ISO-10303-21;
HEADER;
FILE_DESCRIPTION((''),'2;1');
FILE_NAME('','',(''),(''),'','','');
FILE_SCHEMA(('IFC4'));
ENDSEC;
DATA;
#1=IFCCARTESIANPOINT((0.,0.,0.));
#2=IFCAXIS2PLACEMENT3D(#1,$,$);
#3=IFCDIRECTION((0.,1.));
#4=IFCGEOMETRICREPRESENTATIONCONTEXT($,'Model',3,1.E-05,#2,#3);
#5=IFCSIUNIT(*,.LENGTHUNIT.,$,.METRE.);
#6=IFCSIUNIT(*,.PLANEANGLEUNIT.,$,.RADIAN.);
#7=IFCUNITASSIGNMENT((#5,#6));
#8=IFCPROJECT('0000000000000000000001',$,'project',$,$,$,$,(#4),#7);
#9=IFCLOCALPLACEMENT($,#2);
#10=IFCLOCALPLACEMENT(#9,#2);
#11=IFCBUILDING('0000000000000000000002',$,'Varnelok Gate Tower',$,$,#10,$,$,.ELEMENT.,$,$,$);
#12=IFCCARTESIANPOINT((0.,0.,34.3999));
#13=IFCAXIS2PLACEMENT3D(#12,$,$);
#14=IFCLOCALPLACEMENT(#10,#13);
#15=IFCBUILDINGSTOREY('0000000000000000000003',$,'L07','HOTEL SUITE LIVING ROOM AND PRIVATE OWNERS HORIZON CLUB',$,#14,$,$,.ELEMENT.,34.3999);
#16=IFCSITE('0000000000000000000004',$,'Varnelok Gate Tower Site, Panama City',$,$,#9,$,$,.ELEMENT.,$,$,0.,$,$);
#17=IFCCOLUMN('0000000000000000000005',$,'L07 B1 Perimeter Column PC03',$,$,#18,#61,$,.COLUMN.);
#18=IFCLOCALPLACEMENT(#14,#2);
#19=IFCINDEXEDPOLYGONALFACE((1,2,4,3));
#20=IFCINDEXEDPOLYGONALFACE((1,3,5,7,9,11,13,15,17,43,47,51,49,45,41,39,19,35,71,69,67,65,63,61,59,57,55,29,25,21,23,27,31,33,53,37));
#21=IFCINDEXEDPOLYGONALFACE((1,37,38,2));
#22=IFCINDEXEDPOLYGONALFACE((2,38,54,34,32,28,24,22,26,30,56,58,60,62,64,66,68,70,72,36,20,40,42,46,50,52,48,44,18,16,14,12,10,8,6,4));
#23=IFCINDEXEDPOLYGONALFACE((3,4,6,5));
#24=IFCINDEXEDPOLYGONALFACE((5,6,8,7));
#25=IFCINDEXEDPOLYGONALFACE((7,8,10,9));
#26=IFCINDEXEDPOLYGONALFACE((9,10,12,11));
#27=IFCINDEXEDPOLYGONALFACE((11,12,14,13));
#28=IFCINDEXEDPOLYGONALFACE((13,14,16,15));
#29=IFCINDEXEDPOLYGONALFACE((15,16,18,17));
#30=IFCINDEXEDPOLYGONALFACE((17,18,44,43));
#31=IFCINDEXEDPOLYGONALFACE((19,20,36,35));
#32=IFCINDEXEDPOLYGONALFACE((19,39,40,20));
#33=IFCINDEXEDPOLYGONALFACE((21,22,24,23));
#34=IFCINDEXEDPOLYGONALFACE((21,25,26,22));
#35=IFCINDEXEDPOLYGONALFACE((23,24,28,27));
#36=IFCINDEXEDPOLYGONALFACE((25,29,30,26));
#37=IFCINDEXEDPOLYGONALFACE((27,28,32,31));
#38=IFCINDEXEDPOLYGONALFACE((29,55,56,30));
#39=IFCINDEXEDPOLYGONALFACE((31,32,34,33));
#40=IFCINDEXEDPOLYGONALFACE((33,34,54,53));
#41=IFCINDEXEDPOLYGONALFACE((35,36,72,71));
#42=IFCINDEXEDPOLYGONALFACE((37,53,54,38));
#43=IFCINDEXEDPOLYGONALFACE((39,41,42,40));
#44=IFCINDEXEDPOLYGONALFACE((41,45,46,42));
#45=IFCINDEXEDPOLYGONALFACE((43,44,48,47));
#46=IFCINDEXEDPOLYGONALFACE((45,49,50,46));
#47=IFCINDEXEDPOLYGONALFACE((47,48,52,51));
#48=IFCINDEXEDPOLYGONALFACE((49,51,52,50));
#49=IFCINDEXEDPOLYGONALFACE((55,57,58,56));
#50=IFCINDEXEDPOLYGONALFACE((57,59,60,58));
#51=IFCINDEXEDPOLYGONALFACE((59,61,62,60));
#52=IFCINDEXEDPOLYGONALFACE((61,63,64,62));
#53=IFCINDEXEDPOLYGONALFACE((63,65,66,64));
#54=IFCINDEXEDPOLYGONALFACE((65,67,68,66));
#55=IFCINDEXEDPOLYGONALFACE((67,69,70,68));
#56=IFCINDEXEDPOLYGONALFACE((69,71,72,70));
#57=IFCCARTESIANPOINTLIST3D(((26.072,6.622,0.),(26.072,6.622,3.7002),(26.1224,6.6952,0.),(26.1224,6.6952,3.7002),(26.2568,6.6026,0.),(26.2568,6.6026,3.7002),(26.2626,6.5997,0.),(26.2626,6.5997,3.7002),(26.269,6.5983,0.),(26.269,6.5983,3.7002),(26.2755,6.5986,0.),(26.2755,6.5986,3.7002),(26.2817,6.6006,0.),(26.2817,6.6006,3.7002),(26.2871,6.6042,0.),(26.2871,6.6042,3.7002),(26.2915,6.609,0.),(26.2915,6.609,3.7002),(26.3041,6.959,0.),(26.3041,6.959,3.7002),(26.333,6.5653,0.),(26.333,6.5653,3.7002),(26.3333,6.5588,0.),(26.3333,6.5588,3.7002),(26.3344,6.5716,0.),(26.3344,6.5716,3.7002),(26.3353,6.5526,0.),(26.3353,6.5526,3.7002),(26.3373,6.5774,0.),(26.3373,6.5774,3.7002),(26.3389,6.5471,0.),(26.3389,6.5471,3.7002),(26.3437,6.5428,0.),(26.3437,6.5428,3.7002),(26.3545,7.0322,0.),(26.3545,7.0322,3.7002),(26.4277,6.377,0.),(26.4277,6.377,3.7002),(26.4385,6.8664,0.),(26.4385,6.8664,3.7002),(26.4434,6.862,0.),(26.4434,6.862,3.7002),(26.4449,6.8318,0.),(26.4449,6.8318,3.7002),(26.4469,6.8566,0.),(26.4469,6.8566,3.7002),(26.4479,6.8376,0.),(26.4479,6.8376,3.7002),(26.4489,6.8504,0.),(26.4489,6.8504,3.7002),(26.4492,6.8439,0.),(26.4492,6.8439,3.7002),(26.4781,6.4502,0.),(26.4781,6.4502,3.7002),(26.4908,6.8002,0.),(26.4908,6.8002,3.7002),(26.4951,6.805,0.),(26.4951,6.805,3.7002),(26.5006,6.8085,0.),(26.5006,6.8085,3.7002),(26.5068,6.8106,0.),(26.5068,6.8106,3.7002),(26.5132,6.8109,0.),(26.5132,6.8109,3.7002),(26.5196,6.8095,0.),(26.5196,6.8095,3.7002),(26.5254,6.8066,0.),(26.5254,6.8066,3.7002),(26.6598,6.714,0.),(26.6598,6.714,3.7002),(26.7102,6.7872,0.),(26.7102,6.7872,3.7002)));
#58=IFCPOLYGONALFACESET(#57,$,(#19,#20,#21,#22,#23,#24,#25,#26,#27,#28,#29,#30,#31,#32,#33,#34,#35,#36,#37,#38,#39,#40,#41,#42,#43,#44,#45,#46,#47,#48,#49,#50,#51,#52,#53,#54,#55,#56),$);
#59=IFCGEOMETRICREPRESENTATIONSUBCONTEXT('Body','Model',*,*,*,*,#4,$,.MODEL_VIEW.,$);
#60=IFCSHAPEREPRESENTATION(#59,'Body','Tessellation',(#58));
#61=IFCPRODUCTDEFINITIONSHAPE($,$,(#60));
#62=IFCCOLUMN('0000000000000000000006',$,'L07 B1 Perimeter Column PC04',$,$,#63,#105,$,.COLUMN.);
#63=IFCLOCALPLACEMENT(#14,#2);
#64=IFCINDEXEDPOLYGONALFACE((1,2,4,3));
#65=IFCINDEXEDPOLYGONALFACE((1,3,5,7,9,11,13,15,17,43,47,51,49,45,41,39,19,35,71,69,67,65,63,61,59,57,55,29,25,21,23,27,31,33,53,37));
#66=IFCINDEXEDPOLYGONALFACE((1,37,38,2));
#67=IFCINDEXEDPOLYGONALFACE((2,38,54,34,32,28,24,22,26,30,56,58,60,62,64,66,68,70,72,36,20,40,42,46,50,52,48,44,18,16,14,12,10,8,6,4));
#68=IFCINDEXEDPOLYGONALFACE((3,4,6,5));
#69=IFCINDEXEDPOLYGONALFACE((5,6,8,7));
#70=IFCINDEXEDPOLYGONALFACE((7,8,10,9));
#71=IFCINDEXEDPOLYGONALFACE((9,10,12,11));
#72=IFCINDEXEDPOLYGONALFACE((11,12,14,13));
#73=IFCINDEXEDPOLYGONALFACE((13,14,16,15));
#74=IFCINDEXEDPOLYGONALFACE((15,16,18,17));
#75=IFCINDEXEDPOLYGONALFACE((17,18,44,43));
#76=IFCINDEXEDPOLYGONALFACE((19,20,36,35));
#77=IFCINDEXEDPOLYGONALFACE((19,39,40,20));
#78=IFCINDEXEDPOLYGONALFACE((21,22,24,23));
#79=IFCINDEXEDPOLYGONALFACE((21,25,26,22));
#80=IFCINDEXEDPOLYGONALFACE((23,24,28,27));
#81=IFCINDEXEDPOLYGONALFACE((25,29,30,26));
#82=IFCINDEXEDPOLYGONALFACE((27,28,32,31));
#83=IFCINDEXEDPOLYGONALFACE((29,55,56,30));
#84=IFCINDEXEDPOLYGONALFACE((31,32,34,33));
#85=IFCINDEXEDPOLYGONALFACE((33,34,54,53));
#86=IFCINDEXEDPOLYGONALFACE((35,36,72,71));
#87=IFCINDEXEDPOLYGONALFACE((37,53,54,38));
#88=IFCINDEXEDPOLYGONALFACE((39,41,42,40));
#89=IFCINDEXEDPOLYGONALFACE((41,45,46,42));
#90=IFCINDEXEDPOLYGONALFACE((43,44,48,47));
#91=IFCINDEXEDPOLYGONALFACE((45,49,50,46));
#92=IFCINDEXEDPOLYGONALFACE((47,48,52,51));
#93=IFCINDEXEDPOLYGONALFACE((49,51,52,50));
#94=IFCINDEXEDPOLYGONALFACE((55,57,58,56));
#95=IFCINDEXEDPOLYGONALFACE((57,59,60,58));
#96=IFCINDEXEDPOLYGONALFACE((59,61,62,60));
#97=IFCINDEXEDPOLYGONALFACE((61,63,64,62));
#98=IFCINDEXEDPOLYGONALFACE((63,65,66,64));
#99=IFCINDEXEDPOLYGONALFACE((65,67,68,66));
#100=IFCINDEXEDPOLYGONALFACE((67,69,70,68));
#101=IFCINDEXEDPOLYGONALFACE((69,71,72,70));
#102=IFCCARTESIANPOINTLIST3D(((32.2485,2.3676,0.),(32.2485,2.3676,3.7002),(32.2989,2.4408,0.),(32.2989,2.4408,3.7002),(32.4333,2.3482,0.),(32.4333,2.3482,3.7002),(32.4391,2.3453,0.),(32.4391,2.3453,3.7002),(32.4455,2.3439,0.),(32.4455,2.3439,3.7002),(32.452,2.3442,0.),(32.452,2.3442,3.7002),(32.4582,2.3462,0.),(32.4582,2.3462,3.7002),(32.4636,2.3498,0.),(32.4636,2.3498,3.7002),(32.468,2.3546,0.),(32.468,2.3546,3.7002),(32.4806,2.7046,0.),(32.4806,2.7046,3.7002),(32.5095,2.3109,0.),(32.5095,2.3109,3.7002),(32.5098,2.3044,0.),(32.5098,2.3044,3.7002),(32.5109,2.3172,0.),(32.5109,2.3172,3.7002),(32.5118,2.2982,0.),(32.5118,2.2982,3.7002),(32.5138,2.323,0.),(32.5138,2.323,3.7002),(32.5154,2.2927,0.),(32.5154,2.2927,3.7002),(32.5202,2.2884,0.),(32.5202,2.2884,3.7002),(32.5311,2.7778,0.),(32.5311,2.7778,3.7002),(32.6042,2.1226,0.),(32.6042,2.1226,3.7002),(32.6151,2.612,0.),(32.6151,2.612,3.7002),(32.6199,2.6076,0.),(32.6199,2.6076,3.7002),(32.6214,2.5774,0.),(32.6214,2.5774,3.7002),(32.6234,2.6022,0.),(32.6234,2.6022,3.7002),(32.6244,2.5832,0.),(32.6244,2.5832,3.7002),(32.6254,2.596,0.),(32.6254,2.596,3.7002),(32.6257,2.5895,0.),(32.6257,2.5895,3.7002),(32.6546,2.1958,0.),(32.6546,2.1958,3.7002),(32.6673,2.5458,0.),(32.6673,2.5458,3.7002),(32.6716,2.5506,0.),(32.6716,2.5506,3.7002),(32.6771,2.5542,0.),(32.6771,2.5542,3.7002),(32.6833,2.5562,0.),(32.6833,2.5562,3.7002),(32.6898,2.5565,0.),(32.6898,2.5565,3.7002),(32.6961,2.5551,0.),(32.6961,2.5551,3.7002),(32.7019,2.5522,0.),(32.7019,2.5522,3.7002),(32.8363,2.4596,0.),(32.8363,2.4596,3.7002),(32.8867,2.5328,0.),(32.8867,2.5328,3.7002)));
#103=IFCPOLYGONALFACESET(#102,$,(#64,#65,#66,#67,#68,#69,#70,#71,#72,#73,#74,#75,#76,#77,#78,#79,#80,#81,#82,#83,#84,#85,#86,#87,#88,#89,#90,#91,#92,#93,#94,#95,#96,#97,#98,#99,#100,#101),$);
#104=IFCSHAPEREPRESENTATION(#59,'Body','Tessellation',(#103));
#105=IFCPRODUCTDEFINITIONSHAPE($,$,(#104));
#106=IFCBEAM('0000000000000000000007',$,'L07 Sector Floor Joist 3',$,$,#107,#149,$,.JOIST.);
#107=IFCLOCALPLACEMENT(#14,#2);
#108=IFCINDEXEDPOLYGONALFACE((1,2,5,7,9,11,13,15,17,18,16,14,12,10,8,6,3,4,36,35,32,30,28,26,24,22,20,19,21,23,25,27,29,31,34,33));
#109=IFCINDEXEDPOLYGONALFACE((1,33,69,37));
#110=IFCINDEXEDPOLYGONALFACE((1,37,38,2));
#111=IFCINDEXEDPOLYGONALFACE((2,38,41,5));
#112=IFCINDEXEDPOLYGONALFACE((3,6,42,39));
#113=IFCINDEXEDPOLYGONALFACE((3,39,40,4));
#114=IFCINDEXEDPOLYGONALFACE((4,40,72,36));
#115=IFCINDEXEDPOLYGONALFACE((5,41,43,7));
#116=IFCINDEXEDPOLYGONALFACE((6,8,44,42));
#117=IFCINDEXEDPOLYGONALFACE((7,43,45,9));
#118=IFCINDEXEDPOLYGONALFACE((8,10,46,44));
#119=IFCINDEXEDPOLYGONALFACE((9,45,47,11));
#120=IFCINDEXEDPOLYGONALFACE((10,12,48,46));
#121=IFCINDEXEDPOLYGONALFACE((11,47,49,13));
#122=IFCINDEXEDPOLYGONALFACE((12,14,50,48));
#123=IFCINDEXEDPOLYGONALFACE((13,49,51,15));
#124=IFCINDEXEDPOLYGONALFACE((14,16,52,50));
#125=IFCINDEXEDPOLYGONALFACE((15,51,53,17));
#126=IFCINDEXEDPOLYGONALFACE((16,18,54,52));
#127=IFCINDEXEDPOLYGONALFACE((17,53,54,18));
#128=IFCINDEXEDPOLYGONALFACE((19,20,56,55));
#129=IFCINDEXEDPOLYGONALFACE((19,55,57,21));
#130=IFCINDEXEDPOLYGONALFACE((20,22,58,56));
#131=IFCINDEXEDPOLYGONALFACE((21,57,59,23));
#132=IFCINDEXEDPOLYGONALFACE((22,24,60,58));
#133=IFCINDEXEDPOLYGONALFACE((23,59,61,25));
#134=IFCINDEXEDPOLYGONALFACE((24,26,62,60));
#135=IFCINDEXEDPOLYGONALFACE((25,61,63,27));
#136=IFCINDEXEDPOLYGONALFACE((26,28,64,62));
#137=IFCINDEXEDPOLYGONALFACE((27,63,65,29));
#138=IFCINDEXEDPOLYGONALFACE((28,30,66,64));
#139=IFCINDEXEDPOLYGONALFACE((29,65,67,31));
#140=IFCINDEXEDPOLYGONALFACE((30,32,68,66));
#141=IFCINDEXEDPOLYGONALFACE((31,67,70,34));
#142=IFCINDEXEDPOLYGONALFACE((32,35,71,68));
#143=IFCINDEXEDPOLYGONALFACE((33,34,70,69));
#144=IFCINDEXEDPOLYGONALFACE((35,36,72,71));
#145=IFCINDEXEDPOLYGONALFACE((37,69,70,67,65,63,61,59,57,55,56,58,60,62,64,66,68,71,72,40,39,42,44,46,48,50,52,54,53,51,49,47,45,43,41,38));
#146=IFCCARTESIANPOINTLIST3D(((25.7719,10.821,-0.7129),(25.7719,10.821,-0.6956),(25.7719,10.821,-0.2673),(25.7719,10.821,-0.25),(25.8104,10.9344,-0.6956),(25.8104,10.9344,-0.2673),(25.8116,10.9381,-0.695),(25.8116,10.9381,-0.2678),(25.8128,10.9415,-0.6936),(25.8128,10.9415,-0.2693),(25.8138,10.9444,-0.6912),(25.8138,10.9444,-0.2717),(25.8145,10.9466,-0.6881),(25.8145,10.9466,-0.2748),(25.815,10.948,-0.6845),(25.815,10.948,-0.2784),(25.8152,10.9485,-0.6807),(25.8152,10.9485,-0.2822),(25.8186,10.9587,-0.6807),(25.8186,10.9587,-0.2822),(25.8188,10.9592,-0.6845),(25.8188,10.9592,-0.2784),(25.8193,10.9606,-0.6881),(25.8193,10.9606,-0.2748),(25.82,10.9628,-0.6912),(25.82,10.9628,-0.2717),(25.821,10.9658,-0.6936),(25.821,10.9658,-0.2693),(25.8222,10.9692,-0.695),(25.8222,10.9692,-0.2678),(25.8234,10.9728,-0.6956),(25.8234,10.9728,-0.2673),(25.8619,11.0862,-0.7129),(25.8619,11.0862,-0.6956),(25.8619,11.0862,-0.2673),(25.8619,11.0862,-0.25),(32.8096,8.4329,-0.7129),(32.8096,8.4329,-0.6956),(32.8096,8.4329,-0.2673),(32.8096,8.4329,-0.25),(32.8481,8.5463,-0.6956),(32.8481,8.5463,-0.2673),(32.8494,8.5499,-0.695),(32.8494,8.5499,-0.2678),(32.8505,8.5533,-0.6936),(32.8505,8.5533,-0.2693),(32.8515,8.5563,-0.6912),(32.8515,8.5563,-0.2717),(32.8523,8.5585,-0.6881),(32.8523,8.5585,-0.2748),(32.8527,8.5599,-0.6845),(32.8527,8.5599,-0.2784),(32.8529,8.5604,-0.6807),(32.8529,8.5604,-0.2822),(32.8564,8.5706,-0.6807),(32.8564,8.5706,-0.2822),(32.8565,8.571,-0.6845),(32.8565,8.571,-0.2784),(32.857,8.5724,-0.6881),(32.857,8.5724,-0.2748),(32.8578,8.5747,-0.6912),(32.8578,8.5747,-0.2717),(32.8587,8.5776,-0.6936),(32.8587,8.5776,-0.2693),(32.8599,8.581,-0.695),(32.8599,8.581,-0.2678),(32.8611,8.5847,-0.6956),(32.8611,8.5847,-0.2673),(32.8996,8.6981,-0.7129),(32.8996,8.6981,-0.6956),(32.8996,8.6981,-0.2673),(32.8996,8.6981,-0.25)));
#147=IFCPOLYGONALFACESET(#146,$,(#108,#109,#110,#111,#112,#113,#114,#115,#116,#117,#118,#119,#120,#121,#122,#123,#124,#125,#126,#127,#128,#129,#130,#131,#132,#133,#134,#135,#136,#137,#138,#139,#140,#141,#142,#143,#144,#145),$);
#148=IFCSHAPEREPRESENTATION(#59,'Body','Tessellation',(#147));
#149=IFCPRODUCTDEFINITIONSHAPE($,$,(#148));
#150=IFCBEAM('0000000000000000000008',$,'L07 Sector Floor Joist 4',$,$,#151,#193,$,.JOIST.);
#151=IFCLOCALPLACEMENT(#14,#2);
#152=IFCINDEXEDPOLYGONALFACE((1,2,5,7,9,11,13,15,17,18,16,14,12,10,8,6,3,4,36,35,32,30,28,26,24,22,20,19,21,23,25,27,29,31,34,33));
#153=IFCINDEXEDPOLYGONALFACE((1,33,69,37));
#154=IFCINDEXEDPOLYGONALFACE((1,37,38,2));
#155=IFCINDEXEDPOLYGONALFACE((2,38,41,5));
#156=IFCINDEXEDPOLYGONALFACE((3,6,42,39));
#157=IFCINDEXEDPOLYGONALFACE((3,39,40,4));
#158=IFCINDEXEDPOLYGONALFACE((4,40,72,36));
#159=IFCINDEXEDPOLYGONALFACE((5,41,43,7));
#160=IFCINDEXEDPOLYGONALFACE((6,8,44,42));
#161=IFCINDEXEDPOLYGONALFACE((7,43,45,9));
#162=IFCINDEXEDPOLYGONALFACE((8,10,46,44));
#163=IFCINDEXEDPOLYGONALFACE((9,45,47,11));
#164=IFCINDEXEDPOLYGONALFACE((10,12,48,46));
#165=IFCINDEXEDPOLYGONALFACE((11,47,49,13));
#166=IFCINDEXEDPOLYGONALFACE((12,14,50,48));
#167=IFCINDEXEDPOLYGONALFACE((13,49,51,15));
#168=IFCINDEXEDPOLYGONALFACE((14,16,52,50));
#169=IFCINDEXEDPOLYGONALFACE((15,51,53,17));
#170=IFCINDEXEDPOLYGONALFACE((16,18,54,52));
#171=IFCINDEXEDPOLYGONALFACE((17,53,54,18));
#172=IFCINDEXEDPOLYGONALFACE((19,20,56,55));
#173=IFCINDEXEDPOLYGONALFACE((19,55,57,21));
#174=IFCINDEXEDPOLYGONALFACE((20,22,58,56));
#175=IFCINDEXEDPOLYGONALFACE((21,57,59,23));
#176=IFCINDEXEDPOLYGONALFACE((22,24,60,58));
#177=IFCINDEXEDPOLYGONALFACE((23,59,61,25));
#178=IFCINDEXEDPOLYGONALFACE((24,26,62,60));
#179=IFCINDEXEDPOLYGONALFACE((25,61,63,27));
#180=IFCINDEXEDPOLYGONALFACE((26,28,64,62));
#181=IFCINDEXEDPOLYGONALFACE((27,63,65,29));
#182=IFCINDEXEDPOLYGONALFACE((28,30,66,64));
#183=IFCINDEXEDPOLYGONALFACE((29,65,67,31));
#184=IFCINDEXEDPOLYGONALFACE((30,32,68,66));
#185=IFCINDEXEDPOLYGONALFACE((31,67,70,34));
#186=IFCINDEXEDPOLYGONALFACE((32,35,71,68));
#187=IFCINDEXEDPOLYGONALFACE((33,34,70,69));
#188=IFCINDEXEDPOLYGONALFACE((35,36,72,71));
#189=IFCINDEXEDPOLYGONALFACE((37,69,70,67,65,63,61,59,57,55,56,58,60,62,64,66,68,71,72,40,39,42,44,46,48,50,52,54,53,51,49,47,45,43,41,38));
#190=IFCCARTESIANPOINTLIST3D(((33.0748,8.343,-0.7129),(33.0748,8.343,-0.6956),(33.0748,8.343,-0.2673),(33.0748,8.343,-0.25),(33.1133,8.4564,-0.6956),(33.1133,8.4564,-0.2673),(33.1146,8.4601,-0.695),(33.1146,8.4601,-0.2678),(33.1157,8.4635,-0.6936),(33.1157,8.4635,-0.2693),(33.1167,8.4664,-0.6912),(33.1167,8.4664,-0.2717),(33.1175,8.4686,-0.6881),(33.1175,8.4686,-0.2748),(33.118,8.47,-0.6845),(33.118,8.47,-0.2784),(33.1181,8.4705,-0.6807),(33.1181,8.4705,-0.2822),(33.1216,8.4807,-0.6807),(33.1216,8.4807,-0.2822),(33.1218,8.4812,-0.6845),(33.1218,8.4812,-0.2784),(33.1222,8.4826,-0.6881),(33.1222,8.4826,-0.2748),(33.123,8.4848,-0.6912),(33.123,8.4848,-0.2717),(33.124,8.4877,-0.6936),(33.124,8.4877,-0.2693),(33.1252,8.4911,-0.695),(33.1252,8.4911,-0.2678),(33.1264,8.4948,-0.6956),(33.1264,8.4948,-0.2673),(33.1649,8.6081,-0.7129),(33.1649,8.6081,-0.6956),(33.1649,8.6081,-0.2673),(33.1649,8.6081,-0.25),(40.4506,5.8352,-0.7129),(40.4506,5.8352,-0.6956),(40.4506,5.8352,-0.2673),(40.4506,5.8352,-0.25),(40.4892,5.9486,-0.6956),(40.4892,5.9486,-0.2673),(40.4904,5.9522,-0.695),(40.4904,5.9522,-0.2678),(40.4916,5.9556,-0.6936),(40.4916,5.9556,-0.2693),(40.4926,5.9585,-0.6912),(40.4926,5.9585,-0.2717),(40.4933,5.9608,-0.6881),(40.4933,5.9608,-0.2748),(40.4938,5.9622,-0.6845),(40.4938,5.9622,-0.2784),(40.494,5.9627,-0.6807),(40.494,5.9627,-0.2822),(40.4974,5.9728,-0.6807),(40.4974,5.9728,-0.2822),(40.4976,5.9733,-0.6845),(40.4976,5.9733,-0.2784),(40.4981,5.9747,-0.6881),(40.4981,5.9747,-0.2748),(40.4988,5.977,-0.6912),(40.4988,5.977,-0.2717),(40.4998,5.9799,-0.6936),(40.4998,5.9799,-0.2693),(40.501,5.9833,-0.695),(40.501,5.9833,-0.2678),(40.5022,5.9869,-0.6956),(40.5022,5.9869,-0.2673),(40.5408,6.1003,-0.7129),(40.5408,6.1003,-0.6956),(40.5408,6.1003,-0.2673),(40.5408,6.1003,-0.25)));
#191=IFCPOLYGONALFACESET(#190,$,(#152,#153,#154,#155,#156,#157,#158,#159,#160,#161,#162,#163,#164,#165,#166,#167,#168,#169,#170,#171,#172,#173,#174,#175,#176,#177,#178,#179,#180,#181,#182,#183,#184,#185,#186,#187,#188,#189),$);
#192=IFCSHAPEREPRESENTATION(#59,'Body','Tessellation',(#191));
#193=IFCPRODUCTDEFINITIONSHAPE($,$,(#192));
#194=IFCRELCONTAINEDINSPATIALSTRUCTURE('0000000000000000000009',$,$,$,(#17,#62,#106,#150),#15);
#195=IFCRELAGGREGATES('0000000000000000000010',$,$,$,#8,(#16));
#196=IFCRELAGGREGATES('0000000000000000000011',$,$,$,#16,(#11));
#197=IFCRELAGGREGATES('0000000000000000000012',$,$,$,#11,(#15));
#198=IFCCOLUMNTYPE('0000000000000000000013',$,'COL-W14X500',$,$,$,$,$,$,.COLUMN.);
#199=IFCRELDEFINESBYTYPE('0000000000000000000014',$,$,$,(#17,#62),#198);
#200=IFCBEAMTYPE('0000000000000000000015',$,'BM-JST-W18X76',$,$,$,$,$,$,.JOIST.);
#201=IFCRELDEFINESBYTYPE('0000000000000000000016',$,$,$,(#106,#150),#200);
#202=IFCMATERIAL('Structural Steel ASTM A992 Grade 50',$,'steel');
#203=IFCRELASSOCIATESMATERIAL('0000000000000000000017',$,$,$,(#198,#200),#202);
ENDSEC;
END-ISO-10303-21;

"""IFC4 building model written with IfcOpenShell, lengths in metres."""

from ifc_helpers import new_model, si_unit, direction, frame, origin, origin_2d, place, context, subcontext, project, spatial, i_section, extrude, material, material_profile, profile_set, type_object, element, save


model = new_model("IFC4")

# Units and contexts
model_context = context("Model", 3, precision=1e-05, world=origin(), true_north=direction((0.0, 1.0)))
body_context = subcontext(model_context, "Body", "Model", "MODEL_VIEW")
ifc_project = project(units=[si_unit("LENGTHUNIT", "METRE"), si_unit("PLANEANGLEUNIT", "RADIAN")], contexts=[model_context])

# Site, building, storey
site_placement = place(None, origin())
site = spatial("IfcSite", under=ifc_project, at=site_placement, Name="Varnelok Gate Tower Site, Panama City", CompositionType="ELEMENT", RefElevation=0.0)
building_placement = place(site_placement, origin())
building = spatial("IfcBuilding", under=site, at=building_placement, Name="Varnelok Gate Tower", CompositionType="ELEMENT")
storey_placement = place(building_placement, frame((0.0, 0.0, 34.3999)))
storey = spatial("IfcBuildingStorey", under=building, at=storey_placement, Name="L07", Description="HOTEL SUITE LIVING ROOM AND PRIVATE OWNERS HORIZON CLUB", CompositionType="ELEMENT", Elevation=34.3999)

# Columns
ifc_material_1 = material(Name="Structural Steel ASTM A992 Grade 50", Category="steel")
ifc_material_profile_1 = material_profile(ifc_material_1, i_section(OverallWidth=0.4319, OverallDepth=0.498, WebThickness=0.0557, FlangeThickness=0.0889, FilletRadius=0.0249, at=origin_2d()), Name="W14X500")
ifc_profile_set_1 = profile_set([ifc_material_profile_1], Name="Structural Steel ASTM A992 Grade 50")
column_type = type_object("IfcColumnType", Name="COL-W14X500", PredefinedType="COLUMN", material=ifc_profile_set_1)
for number, where, z_axis, x_axis, name in (
    (1, (26.3911, 6.7046, 0.0), (0.0, 0.0, 1.0), (0.823533, -0.567269, 0.0), "L07 B1 Perimeter Column PC03"),
    (2, (32.5676, 2.4502, 0.0), (0.0, 0.0, 1.0), (0.823533, -0.567269, 0.0), "L07 B1 Perimeter Column PC04"),
):
    element("IfcColumn", number, at=place(storey_placement, frame(where, z_axis=z_axis, x_axis=x_axis)), inside=storey, type_object=column_type, Name=name, PredefinedType="COLUMN", context=body_context, shape_type="SweptSolid", body=[
        extrude(i_section(OverallWidth=0.4319, OverallDepth=0.498, WebThickness=0.0557, FlangeThickness=0.0889, FilletRadius=0.0249, at=origin_2d()), origin(), (0.0, 0.0, 1.0), 3.7002),
    ])

# Beams
ifc_material_profile_2 = material_profile(ifc_material_1, i_section(OverallWidth=0.28, OverallDepth=0.4629, WebThickness=0.0107, FlangeThickness=0.0173, FilletRadius=0.0149, at=origin_2d()), Name="W18X76")
ifc_profile_set_2 = profile_set([ifc_material_profile_2], Name="Structural Steel ASTM A992 Grade 50")
beam_type_1 = type_object("IfcBeamType", Name="BM-JST-W18X76", PredefinedType="JOIST", material=ifc_profile_set_2)
beam_1_placement = place(storey_placement, frame((25.8169, 10.9536, -0.4814), z_axis=(0.946965, -0.321338, 0.0), x_axis=(0.321338, 0.946965, 0.0)))
element("IfcBeam", 3, at=beam_1_placement, inside=storey, type_object=beam_type_1, Name="L07 Sector Floor Joist 3", PredefinedType="JOIST", context=body_context, shape_type="SweptSolid", body=[
    extrude(i_section(OverallWidth=0.28, OverallDepth=0.4629, WebThickness=0.0107, FlangeThickness=0.0173, FilletRadius=0.0149, at=origin_2d()), origin(), (0.0, 0.0, 1.0), 7.4319),
])
beam_2_placement = place(storey_placement, frame((33.1199, 8.4756, -0.4814), z_axis=(0.94677, -0.32191, 0.0), x_axis=(0.32191, 0.94677, 0.0)))
element("IfcBeam", 4, at=beam_2_placement, inside=storey, type_object=beam_type_1, Name="L07 Sector Floor Joist 4", PredefinedType="JOIST", context=body_context, shape_type="SweptSolid", body=[
    extrude(i_section(OverallWidth=0.28, OverallDepth=0.4629, WebThickness=0.0107, FlangeThickness=0.0173, FilletRadius=0.0149, at=origin_2d()), origin(), (0.0, 0.0, 1.0), 7.7905),
])

save(model, "model.ifc")
